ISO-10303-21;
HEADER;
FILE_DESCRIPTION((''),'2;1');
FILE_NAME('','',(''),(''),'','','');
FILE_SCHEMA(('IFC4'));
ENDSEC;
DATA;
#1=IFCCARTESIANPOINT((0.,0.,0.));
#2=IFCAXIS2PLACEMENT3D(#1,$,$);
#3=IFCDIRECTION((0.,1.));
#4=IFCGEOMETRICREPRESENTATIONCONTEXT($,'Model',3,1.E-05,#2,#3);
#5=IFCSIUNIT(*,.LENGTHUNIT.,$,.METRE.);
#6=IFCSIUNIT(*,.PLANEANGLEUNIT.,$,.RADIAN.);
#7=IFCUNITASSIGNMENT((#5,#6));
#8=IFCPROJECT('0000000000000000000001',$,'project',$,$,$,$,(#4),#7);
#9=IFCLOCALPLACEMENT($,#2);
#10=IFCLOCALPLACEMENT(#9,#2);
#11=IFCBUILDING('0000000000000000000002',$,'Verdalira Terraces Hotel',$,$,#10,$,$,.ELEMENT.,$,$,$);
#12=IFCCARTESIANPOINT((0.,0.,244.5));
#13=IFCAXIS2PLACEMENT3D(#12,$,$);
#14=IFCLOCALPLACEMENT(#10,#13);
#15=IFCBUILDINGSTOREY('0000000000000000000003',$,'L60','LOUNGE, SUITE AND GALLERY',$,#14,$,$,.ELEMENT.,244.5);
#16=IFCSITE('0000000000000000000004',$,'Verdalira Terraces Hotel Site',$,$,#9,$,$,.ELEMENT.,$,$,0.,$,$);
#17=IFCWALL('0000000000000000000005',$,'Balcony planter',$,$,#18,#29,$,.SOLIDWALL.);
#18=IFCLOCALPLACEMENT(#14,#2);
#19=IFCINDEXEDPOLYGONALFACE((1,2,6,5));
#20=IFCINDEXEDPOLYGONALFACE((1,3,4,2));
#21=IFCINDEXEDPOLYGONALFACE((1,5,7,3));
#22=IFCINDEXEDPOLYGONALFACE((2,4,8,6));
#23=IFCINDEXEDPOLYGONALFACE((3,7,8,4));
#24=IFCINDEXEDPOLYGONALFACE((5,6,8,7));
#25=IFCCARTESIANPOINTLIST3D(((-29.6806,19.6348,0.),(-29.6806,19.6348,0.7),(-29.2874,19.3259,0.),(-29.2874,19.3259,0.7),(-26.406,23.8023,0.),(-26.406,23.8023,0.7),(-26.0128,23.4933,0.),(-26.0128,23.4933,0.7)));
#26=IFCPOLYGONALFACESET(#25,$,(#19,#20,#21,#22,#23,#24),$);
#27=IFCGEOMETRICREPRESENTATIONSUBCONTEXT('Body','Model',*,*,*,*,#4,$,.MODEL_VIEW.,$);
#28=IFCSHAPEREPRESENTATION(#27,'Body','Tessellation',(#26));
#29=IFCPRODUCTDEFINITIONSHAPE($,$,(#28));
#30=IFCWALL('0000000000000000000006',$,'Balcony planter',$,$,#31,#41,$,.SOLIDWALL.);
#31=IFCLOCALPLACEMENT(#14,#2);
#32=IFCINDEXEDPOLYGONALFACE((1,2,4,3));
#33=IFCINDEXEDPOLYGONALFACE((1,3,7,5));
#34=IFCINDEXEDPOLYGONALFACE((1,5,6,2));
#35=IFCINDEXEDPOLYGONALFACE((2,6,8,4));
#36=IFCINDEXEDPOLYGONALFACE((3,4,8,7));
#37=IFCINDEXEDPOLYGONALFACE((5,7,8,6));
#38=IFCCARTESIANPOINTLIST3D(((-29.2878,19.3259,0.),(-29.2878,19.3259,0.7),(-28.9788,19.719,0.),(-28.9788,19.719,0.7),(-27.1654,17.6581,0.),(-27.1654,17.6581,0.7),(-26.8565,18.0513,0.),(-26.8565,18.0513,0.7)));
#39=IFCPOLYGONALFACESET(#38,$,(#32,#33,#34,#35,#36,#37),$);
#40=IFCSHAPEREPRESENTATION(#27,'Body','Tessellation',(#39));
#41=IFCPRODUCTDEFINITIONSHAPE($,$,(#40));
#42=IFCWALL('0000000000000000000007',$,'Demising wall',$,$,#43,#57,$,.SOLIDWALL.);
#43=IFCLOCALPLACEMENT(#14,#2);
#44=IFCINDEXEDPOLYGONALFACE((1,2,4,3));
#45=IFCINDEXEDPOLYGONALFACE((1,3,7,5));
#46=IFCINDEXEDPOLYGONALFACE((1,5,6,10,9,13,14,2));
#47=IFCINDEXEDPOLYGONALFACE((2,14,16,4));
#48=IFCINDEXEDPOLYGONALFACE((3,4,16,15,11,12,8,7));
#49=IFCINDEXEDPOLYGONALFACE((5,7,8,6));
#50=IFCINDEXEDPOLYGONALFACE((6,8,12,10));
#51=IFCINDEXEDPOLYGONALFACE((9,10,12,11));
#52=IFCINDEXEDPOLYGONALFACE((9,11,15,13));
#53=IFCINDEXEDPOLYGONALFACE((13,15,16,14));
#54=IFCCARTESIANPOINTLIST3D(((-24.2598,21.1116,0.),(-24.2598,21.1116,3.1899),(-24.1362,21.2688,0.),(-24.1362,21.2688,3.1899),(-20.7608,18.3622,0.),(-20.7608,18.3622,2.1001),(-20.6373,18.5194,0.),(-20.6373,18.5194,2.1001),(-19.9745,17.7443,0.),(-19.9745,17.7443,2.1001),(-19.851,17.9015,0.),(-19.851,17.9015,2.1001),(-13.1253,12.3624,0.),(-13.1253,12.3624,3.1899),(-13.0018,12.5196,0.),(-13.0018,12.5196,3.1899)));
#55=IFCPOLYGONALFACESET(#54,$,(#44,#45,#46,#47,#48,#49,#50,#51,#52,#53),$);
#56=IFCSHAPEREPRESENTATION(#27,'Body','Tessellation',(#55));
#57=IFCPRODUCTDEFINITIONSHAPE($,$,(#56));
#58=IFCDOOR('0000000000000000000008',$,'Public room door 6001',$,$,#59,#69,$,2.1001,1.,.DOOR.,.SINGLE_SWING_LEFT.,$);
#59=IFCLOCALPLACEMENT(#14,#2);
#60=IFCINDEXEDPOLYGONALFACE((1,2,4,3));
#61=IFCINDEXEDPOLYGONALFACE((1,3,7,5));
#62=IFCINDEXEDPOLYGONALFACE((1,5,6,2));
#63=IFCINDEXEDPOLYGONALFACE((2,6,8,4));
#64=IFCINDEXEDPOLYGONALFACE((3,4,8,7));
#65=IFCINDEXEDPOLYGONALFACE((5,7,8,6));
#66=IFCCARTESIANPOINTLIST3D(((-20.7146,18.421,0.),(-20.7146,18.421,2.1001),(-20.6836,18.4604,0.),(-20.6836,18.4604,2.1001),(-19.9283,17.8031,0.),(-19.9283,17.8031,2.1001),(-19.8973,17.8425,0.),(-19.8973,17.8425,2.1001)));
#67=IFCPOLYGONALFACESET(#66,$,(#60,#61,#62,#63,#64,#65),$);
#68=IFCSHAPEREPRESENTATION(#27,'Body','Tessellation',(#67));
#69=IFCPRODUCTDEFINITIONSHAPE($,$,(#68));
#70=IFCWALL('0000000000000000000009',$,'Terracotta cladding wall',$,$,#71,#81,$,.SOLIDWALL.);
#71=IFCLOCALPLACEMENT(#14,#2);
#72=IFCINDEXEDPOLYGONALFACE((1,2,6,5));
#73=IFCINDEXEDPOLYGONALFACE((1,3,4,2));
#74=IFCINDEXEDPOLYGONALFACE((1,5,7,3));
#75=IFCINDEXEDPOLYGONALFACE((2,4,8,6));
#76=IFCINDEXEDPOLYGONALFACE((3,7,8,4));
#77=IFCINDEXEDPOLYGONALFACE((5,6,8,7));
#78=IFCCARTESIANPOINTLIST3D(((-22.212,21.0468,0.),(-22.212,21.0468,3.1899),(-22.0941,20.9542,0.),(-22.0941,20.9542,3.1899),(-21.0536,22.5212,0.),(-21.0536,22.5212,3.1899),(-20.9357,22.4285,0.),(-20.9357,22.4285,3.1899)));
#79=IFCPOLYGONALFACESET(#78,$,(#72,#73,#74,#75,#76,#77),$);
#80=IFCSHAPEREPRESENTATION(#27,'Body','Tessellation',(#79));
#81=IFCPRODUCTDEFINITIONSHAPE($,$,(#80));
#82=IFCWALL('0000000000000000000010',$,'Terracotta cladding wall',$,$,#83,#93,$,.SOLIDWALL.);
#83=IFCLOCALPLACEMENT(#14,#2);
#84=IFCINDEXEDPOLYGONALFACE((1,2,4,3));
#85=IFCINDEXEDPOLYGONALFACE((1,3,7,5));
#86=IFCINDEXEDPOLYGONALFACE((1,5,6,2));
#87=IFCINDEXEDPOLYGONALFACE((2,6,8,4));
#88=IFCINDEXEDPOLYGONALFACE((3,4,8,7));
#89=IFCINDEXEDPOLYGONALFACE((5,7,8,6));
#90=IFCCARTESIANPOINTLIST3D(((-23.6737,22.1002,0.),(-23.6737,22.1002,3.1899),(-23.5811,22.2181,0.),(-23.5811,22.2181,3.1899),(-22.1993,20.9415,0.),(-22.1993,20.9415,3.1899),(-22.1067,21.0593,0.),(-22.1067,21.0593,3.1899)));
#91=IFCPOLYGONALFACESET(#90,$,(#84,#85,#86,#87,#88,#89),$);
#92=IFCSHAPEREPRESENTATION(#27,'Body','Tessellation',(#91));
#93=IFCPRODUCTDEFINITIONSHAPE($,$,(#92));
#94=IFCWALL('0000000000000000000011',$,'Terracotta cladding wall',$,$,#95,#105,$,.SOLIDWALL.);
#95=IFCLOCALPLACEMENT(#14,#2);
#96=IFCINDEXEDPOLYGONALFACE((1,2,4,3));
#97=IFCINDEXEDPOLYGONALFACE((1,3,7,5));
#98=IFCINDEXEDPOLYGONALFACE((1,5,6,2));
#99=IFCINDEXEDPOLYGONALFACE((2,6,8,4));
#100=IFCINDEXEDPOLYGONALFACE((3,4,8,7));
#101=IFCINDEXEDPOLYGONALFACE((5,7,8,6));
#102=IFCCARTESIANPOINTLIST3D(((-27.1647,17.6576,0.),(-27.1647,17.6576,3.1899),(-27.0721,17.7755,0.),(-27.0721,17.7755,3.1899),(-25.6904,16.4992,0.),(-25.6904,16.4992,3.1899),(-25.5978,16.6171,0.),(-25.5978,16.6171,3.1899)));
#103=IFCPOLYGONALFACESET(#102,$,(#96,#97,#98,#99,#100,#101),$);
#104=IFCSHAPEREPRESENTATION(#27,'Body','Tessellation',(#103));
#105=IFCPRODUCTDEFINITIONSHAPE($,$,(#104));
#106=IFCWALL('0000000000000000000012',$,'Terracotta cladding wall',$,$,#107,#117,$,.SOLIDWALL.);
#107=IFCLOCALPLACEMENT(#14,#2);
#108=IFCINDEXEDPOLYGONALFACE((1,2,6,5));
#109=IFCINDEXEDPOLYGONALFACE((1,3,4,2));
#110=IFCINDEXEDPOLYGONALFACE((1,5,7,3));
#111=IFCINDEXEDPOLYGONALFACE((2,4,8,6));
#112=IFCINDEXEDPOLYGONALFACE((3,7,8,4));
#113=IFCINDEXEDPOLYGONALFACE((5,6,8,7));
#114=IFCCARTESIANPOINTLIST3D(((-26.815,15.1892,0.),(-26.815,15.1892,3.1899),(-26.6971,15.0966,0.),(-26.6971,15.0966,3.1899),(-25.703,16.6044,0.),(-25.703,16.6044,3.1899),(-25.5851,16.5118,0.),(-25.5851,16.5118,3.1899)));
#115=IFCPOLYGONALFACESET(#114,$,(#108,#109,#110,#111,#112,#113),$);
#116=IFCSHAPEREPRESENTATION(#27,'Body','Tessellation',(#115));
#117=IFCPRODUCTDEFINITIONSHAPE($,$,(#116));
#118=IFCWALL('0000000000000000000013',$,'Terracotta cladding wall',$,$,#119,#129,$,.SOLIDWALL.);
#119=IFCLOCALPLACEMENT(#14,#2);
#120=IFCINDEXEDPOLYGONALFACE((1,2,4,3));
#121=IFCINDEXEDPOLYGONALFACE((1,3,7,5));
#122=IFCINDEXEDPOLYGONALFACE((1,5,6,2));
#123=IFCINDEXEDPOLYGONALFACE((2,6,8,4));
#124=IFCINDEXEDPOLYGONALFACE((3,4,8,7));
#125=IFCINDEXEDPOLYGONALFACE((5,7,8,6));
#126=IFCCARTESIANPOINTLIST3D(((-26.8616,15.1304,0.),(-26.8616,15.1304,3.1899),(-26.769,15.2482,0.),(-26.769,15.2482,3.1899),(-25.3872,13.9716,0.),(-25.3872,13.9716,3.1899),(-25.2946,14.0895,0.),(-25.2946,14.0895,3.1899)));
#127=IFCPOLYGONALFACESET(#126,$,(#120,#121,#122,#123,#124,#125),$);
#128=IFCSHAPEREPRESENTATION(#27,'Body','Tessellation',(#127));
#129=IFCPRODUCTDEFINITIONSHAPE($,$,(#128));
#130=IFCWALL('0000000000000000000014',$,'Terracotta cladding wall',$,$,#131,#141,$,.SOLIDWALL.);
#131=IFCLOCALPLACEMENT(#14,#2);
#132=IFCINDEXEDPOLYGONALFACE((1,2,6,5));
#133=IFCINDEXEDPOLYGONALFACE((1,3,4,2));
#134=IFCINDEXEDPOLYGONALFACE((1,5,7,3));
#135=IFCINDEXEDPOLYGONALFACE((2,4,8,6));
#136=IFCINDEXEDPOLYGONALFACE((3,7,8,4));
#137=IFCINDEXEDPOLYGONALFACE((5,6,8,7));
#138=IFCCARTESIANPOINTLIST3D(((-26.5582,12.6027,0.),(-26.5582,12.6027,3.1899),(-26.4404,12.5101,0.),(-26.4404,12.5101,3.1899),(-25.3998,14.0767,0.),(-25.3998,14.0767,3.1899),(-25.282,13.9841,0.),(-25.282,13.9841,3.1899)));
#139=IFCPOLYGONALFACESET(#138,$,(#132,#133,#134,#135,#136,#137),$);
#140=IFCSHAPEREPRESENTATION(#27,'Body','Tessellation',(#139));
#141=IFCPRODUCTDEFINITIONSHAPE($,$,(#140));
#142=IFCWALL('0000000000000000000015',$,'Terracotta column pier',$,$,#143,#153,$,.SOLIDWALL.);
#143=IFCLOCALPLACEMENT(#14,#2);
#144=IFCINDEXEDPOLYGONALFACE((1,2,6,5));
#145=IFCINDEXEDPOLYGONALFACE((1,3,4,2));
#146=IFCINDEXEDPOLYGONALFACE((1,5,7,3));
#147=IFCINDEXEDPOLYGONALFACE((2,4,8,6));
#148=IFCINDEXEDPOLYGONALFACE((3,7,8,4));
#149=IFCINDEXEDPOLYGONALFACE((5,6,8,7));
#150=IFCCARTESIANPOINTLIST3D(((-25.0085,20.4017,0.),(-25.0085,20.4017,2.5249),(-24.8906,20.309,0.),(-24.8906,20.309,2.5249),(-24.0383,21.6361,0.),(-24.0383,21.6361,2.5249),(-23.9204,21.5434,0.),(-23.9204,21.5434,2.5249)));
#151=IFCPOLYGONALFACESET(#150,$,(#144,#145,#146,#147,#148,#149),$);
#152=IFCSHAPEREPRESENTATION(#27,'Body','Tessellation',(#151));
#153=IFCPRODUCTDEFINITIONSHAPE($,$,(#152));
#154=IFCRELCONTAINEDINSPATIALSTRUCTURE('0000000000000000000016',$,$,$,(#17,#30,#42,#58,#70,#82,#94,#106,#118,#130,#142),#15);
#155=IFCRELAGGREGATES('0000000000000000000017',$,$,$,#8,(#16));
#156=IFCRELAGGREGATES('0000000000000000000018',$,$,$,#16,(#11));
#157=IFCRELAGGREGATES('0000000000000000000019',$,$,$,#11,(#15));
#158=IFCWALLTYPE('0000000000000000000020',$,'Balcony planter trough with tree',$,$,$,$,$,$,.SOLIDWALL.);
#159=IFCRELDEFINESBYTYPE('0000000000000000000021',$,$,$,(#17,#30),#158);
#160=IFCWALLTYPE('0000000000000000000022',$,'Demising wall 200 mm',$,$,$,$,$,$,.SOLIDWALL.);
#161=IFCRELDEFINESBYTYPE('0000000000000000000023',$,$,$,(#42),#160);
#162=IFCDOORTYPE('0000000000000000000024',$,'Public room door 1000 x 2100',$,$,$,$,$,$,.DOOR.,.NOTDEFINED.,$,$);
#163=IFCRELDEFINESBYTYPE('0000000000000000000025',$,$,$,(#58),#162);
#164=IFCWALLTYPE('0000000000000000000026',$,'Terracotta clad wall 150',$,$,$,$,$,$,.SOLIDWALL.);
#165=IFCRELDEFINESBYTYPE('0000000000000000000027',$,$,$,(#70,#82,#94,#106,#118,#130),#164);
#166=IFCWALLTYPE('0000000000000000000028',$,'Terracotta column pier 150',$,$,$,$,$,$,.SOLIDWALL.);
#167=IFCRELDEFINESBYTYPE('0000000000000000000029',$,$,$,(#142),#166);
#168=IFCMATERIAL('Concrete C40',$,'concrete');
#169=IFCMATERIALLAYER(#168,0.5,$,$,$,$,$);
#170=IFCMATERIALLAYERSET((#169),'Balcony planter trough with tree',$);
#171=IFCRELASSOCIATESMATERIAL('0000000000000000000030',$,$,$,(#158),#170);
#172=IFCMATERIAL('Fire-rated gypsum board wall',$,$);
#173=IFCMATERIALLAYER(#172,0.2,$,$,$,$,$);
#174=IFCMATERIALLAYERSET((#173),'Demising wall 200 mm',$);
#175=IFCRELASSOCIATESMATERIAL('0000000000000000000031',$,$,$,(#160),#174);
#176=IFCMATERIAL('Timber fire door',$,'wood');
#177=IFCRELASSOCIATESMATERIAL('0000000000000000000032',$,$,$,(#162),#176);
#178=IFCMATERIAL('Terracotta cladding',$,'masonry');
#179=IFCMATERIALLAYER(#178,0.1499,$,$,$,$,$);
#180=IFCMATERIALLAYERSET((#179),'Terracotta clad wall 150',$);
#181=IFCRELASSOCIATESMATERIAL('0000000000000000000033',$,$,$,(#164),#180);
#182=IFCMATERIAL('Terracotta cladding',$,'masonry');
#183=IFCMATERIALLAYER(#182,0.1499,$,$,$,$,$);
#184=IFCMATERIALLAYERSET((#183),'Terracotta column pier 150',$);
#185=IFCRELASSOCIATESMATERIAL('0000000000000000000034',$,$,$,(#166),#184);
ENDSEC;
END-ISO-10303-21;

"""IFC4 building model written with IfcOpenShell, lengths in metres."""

from ifc_helpers import new_model, si_unit, direction, frame, frame_2d, origin, place, context, subcontext, project, spatial, rectangle, extrude, material, layer, layer_set, type_object, element, fill, save


model = new_model("IFC4")

# Units and contexts
model_context = context("Model", 3, precision=1e-05, world=origin(), true_north=direction((0.0, 1.0)))
body_context = subcontext(model_context, "Body", "Model", "MODEL_VIEW")
ifc_project = project(units=[si_unit("LENGTHUNIT", "METRE"), si_unit("PLANEANGLEUNIT", "RADIAN")], contexts=[model_context])

# Site, building, storey
site_placement = place(None, origin())
site = spatial("IfcSite", under=ifc_project, at=site_placement, Name="Verdalira Terraces Hotel Site", CompositionType="ELEMENT", RefElevation=0.0)
building_placement = place(site_placement, origin())
building = spatial("IfcBuilding", under=site, at=building_placement, Name="Verdalira Terraces Hotel", CompositionType="ELEMENT")
storey_placement = place(building_placement, frame((0.0, 0.0, 244.5)))
storey = spatial("IfcBuildingStorey", under=building, at=storey_placement, Name="L60", Description="LOUNGE, SUITE AND GALLERY", CompositionType="ELEMENT", Elevation=244.5)

# Walls
ifc_material_1 = material(Name="Concrete C40", Category="concrete")
ifc_layer_1 = layer(ifc_material_1, 0.5)
ifc_layer_set_1 = layer_set([ifc_layer_1], Name="Balcony planter trough with tree")
wall_type_1 = type_object("IfcWallType", Name="Balcony planter trough with tree", PredefinedType="SOLIDWALL", material=ifc_layer_set_1)
wall_1_placement = place(storey_placement, frame((-26.2095, 23.6477, 0.0), z_axis=(0.0, 0.0, 1.0), x_axis=(-0.617846, -0.786299, 0.0)))
element("IfcWall", 1, at=wall_1_placement, inside=storey, type_object=wall_type_1, Name="Balcony planter", PredefinedType="SOLIDWALL", context=body_context, shape_type="SweptSolid", body=[
    extrude(rectangle(XDim=5.3, YDim=0.5, at=frame_2d((2.6499, 0.0))), origin(), (0.0, 0.0, 1.0), 0.7),
])
wall_2_placement = place(storey_placement, frame((-29.1333, 19.5225, 0.0), z_axis=(0.0, 0.0, 1.0), x_axis=(0.786284, -0.617865, 0.0)))
element("IfcWall", 2, at=wall_2_placement, inside=storey, type_object=wall_type_1, Name="Balcony planter", PredefinedType="SOLIDWALL", context=body_context, shape_type="SweptSolid", body=[
    extrude(rectangle(XDim=2.6992, YDim=0.5, at=frame_2d((1.3496, 0.0))), origin(), (0.0, 0.0, 1.0), 0.7),
])

# Wall, opening, door
ifc_material_2 = material(Name="Fire-rated gypsum board wall")
ifc_layer_2 = layer(ifc_material_2, 0.2)
ifc_layer_set_2 = layer_set([ifc_layer_2], Name="Demising wall 200 mm")
wall_type_2 = type_object("IfcWallType", Name="Demising wall 200 mm", PredefinedType="SOLIDWALL", material=ifc_layer_set_2)
wall_3_placement = place(storey_placement, frame((-24.198, 21.1902, 0.0), z_axis=(0.0, 0.0, 1.0), x_axis=(0.786294, -0.617853, 0.0)))
wall_3 = element("IfcWall", 3, at=wall_3_placement, inside=storey, type_object=wall_type_2, Name="Demising wall", PredefinedType="SOLIDWALL", context=body_context, shape_type="SweptSolid", body=[
    extrude(rectangle(XDim=14.1606, YDim=0.2, at=frame_2d((7.0803, 0.0))), origin(), (0.0, 0.0, 1.0), 3.1899),
])
opening_1_placement = place(wall_3_placement, frame((4.45, 0.0, 0.0)))
opening_1 = element("IfcOpeningElement", 4, at=opening_1_placement, cuts=wall_3, PredefinedType="OPENING", context=body_context, shape_type="SweptSolid", body=[
    extrude(rectangle(XDim=1.0, YDim=2.1001, at=frame_2d((0.5, 1.05))), frame((0.0, 0.1099, 0.0), z_axis=(0.0, -1.0, 0.0), x_axis=(1.0, 0.0, 0.0)), (0.0, 0.0, 1.0), 0.22),
])
ifc_material_3 = material(Name="Timber fire door", Category="wood")
door_type_1 = type_object("IfcDoorType", Name="Public room door 1000 x 2100", OperationType="NOTDEFINED", PredefinedType="DOOR", material=ifc_material_3)
door_1_placement = place(opening_1_placement, origin())
door_1 = element("IfcDoor", 5, at=door_1_placement, inside=storey, type_object=door_type_1, Name="Public room door 6001", OperationType="SINGLE_SWING_LEFT", OverallHeight=2.1001, OverallWidth=1.0, PredefinedType="DOOR", context=body_context, shape_type="SweptSolid", body=[
    extrude(rectangle(XDim=1.0, YDim=2.1001, at=frame_2d((0.5, 1.05))), frame((0.0, 0.0249, 0.0), z_axis=(0.0, -1.0, 0.0), x_axis=(1.0, 0.0, 0.0)), (0.0, 0.0, 1.0), 0.05),
])
fill(opening_1, door_1)

# Walls
ifc_material_4 = material(Name="Terracotta cladding", Category="masonry")
ifc_layer_3 = layer(ifc_material_4, 0.1499)
ifc_layer_set_3 = layer_set([ifc_layer_3], Name="Terracotta clad wall 150")
wall_type_3 = type_object("IfcWallType", Name="Terracotta clad wall 150", PredefinedType="SOLIDWALL", material=ifc_layer_set_3)
wall_4_placement = place(storey_placement, frame((-20.9946, 22.4749, 0.0), z_axis=(0.0, 0.0, 1.0), x_axis=(-0.617827, -0.786314, 0.0)))
element("IfcWall", 6, at=wall_4_placement, inside=storey, type_object=wall_type_3, Name="Terracotta cladding wall", PredefinedType="SOLIDWALL", context=body_context, shape_type="SweptSolid", body=[
    extrude(rectangle(XDim=1.875, YDim=0.1499, at=frame_2d((0.9375, 0.0))), origin(), (0.0, 0.0, 1.0), 3.1899),
])
wall_5_placement = place(storey_placement, frame((-22.1531, 21.0005, 0.0), z_axis=(0.0, 0.0, 1.0), x_axis=(-0.786251, 0.617908, 0.0)))
element("IfcWall", 7, at=wall_5_placement, inside=storey, type_object=wall_type_3, Name="Terracotta cladding wall", PredefinedType="SOLIDWALL", context=body_context, shape_type="SweptSolid", body=[
    extrude(rectangle(XDim=1.8752, YDim=0.1499, at=frame_2d((0.9375, 0.0))), origin(), (0.0, 0.0, 1.0), 3.1899),
])
wall_6_placement = place(storey_placement, frame((-27.1184, 17.7166, 0.0), z_axis=(0.0, 0.0, 1.0), x_axis=(0.786314, -0.617827, 0.0)))
element("IfcWall", 8, at=wall_6_placement, inside=storey, type_object=wall_type_3, Name="Terracotta cladding wall", PredefinedType="SOLIDWALL", context=body_context, shape_type="SweptSolid", body=[
    extrude(rectangle(XDim=1.875, YDim=0.1499, at=frame_2d((0.9375, 0.0))), origin(), (0.0, 0.0, 1.0), 3.1899),
])
wall_7_placement = place(storey_placement, frame((-25.644, 16.5581, 0.0), z_axis=(0.0, 0.0, 1.0), x_axis=(-0.61784, -0.786304, 0.0)))
element("IfcWall", 9, at=wall_7_placement, inside=storey, type_object=wall_type_3, Name="Terracotta cladding wall", PredefinedType="SOLIDWALL", context=body_context, shape_type="SweptSolid", body=[
    extrude(rectangle(XDim=1.7998, YDim=0.1499, at=frame_2d((0.8999, 0.0))), origin(), (0.0, 0.0, 1.0), 3.1899),
])
wall_8_placement = place(storey_placement, frame((-26.8152, 15.1892, 0.0), z_axis=(0.0, 0.0, 1.0), x_axis=(0.786251, -0.617908, 0.0)))
element("IfcWall", 10, at=wall_8_placement, inside=storey, type_object=wall_type_3, Name="Terracotta cladding wall", PredefinedType="SOLIDWALL", context=body_context, shape_type="SweptSolid", body=[
    extrude(rectangle(XDim=1.8752, YDim=0.1499, at=frame_2d((0.9375, 0.0))), origin(), (0.0, 0.0, 1.0), 3.1899),
])
wall_9_placement = place(storey_placement, frame((-25.3408, 14.0305, 0.0), z_axis=(0.0, 0.0, 1.0), x_axis=(-0.617891, -0.786264, 0.0)))
element("IfcWall", 11, at=wall_9_placement, inside=storey, type_object=wall_type_3, Name="Terracotta cladding wall", PredefinedType="SOLIDWALL", context=body_context, shape_type="SweptSolid", body=[
    extrude(rectangle(XDim=1.8748, YDim=0.1499, at=frame_2d((0.9375, 0.0))), origin(), (0.0, 0.0, 1.0), 3.1899),
])
ifc_material_5 = material(Name="Terracotta cladding", Category="masonry")
ifc_layer_4 = layer(ifc_material_5, 0.1499)
ifc_layer_set_4 = layer_set([ifc_layer_4], Name="Terracotta column pier 150")
wall_type_4 = type_object("IfcWallType", Name="Terracotta column pier 150", PredefinedType="SOLIDWALL", material=ifc_layer_set_4)
wall_10_placement = place(storey_placement, frame((-23.9792, 21.5898, 0.0), z_axis=(0.0, 0.0, 1.0), x_axis=(-0.617959, -0.78621, 0.0)))
element("IfcWall", 12, at=wall_10_placement, inside=storey, type_object=wall_type_4, Name="Terracotta column pier", PredefinedType="SOLIDWALL", context=body_context, shape_type="SweptSolid", body=[
    extrude(rectangle(XDim=1.5701, YDim=0.1499, at=frame_2d((0.7852, 0.0))), origin(), (0.0, 0.0, 1.0), 2.5249),
])

save(model, "model.ifc")
